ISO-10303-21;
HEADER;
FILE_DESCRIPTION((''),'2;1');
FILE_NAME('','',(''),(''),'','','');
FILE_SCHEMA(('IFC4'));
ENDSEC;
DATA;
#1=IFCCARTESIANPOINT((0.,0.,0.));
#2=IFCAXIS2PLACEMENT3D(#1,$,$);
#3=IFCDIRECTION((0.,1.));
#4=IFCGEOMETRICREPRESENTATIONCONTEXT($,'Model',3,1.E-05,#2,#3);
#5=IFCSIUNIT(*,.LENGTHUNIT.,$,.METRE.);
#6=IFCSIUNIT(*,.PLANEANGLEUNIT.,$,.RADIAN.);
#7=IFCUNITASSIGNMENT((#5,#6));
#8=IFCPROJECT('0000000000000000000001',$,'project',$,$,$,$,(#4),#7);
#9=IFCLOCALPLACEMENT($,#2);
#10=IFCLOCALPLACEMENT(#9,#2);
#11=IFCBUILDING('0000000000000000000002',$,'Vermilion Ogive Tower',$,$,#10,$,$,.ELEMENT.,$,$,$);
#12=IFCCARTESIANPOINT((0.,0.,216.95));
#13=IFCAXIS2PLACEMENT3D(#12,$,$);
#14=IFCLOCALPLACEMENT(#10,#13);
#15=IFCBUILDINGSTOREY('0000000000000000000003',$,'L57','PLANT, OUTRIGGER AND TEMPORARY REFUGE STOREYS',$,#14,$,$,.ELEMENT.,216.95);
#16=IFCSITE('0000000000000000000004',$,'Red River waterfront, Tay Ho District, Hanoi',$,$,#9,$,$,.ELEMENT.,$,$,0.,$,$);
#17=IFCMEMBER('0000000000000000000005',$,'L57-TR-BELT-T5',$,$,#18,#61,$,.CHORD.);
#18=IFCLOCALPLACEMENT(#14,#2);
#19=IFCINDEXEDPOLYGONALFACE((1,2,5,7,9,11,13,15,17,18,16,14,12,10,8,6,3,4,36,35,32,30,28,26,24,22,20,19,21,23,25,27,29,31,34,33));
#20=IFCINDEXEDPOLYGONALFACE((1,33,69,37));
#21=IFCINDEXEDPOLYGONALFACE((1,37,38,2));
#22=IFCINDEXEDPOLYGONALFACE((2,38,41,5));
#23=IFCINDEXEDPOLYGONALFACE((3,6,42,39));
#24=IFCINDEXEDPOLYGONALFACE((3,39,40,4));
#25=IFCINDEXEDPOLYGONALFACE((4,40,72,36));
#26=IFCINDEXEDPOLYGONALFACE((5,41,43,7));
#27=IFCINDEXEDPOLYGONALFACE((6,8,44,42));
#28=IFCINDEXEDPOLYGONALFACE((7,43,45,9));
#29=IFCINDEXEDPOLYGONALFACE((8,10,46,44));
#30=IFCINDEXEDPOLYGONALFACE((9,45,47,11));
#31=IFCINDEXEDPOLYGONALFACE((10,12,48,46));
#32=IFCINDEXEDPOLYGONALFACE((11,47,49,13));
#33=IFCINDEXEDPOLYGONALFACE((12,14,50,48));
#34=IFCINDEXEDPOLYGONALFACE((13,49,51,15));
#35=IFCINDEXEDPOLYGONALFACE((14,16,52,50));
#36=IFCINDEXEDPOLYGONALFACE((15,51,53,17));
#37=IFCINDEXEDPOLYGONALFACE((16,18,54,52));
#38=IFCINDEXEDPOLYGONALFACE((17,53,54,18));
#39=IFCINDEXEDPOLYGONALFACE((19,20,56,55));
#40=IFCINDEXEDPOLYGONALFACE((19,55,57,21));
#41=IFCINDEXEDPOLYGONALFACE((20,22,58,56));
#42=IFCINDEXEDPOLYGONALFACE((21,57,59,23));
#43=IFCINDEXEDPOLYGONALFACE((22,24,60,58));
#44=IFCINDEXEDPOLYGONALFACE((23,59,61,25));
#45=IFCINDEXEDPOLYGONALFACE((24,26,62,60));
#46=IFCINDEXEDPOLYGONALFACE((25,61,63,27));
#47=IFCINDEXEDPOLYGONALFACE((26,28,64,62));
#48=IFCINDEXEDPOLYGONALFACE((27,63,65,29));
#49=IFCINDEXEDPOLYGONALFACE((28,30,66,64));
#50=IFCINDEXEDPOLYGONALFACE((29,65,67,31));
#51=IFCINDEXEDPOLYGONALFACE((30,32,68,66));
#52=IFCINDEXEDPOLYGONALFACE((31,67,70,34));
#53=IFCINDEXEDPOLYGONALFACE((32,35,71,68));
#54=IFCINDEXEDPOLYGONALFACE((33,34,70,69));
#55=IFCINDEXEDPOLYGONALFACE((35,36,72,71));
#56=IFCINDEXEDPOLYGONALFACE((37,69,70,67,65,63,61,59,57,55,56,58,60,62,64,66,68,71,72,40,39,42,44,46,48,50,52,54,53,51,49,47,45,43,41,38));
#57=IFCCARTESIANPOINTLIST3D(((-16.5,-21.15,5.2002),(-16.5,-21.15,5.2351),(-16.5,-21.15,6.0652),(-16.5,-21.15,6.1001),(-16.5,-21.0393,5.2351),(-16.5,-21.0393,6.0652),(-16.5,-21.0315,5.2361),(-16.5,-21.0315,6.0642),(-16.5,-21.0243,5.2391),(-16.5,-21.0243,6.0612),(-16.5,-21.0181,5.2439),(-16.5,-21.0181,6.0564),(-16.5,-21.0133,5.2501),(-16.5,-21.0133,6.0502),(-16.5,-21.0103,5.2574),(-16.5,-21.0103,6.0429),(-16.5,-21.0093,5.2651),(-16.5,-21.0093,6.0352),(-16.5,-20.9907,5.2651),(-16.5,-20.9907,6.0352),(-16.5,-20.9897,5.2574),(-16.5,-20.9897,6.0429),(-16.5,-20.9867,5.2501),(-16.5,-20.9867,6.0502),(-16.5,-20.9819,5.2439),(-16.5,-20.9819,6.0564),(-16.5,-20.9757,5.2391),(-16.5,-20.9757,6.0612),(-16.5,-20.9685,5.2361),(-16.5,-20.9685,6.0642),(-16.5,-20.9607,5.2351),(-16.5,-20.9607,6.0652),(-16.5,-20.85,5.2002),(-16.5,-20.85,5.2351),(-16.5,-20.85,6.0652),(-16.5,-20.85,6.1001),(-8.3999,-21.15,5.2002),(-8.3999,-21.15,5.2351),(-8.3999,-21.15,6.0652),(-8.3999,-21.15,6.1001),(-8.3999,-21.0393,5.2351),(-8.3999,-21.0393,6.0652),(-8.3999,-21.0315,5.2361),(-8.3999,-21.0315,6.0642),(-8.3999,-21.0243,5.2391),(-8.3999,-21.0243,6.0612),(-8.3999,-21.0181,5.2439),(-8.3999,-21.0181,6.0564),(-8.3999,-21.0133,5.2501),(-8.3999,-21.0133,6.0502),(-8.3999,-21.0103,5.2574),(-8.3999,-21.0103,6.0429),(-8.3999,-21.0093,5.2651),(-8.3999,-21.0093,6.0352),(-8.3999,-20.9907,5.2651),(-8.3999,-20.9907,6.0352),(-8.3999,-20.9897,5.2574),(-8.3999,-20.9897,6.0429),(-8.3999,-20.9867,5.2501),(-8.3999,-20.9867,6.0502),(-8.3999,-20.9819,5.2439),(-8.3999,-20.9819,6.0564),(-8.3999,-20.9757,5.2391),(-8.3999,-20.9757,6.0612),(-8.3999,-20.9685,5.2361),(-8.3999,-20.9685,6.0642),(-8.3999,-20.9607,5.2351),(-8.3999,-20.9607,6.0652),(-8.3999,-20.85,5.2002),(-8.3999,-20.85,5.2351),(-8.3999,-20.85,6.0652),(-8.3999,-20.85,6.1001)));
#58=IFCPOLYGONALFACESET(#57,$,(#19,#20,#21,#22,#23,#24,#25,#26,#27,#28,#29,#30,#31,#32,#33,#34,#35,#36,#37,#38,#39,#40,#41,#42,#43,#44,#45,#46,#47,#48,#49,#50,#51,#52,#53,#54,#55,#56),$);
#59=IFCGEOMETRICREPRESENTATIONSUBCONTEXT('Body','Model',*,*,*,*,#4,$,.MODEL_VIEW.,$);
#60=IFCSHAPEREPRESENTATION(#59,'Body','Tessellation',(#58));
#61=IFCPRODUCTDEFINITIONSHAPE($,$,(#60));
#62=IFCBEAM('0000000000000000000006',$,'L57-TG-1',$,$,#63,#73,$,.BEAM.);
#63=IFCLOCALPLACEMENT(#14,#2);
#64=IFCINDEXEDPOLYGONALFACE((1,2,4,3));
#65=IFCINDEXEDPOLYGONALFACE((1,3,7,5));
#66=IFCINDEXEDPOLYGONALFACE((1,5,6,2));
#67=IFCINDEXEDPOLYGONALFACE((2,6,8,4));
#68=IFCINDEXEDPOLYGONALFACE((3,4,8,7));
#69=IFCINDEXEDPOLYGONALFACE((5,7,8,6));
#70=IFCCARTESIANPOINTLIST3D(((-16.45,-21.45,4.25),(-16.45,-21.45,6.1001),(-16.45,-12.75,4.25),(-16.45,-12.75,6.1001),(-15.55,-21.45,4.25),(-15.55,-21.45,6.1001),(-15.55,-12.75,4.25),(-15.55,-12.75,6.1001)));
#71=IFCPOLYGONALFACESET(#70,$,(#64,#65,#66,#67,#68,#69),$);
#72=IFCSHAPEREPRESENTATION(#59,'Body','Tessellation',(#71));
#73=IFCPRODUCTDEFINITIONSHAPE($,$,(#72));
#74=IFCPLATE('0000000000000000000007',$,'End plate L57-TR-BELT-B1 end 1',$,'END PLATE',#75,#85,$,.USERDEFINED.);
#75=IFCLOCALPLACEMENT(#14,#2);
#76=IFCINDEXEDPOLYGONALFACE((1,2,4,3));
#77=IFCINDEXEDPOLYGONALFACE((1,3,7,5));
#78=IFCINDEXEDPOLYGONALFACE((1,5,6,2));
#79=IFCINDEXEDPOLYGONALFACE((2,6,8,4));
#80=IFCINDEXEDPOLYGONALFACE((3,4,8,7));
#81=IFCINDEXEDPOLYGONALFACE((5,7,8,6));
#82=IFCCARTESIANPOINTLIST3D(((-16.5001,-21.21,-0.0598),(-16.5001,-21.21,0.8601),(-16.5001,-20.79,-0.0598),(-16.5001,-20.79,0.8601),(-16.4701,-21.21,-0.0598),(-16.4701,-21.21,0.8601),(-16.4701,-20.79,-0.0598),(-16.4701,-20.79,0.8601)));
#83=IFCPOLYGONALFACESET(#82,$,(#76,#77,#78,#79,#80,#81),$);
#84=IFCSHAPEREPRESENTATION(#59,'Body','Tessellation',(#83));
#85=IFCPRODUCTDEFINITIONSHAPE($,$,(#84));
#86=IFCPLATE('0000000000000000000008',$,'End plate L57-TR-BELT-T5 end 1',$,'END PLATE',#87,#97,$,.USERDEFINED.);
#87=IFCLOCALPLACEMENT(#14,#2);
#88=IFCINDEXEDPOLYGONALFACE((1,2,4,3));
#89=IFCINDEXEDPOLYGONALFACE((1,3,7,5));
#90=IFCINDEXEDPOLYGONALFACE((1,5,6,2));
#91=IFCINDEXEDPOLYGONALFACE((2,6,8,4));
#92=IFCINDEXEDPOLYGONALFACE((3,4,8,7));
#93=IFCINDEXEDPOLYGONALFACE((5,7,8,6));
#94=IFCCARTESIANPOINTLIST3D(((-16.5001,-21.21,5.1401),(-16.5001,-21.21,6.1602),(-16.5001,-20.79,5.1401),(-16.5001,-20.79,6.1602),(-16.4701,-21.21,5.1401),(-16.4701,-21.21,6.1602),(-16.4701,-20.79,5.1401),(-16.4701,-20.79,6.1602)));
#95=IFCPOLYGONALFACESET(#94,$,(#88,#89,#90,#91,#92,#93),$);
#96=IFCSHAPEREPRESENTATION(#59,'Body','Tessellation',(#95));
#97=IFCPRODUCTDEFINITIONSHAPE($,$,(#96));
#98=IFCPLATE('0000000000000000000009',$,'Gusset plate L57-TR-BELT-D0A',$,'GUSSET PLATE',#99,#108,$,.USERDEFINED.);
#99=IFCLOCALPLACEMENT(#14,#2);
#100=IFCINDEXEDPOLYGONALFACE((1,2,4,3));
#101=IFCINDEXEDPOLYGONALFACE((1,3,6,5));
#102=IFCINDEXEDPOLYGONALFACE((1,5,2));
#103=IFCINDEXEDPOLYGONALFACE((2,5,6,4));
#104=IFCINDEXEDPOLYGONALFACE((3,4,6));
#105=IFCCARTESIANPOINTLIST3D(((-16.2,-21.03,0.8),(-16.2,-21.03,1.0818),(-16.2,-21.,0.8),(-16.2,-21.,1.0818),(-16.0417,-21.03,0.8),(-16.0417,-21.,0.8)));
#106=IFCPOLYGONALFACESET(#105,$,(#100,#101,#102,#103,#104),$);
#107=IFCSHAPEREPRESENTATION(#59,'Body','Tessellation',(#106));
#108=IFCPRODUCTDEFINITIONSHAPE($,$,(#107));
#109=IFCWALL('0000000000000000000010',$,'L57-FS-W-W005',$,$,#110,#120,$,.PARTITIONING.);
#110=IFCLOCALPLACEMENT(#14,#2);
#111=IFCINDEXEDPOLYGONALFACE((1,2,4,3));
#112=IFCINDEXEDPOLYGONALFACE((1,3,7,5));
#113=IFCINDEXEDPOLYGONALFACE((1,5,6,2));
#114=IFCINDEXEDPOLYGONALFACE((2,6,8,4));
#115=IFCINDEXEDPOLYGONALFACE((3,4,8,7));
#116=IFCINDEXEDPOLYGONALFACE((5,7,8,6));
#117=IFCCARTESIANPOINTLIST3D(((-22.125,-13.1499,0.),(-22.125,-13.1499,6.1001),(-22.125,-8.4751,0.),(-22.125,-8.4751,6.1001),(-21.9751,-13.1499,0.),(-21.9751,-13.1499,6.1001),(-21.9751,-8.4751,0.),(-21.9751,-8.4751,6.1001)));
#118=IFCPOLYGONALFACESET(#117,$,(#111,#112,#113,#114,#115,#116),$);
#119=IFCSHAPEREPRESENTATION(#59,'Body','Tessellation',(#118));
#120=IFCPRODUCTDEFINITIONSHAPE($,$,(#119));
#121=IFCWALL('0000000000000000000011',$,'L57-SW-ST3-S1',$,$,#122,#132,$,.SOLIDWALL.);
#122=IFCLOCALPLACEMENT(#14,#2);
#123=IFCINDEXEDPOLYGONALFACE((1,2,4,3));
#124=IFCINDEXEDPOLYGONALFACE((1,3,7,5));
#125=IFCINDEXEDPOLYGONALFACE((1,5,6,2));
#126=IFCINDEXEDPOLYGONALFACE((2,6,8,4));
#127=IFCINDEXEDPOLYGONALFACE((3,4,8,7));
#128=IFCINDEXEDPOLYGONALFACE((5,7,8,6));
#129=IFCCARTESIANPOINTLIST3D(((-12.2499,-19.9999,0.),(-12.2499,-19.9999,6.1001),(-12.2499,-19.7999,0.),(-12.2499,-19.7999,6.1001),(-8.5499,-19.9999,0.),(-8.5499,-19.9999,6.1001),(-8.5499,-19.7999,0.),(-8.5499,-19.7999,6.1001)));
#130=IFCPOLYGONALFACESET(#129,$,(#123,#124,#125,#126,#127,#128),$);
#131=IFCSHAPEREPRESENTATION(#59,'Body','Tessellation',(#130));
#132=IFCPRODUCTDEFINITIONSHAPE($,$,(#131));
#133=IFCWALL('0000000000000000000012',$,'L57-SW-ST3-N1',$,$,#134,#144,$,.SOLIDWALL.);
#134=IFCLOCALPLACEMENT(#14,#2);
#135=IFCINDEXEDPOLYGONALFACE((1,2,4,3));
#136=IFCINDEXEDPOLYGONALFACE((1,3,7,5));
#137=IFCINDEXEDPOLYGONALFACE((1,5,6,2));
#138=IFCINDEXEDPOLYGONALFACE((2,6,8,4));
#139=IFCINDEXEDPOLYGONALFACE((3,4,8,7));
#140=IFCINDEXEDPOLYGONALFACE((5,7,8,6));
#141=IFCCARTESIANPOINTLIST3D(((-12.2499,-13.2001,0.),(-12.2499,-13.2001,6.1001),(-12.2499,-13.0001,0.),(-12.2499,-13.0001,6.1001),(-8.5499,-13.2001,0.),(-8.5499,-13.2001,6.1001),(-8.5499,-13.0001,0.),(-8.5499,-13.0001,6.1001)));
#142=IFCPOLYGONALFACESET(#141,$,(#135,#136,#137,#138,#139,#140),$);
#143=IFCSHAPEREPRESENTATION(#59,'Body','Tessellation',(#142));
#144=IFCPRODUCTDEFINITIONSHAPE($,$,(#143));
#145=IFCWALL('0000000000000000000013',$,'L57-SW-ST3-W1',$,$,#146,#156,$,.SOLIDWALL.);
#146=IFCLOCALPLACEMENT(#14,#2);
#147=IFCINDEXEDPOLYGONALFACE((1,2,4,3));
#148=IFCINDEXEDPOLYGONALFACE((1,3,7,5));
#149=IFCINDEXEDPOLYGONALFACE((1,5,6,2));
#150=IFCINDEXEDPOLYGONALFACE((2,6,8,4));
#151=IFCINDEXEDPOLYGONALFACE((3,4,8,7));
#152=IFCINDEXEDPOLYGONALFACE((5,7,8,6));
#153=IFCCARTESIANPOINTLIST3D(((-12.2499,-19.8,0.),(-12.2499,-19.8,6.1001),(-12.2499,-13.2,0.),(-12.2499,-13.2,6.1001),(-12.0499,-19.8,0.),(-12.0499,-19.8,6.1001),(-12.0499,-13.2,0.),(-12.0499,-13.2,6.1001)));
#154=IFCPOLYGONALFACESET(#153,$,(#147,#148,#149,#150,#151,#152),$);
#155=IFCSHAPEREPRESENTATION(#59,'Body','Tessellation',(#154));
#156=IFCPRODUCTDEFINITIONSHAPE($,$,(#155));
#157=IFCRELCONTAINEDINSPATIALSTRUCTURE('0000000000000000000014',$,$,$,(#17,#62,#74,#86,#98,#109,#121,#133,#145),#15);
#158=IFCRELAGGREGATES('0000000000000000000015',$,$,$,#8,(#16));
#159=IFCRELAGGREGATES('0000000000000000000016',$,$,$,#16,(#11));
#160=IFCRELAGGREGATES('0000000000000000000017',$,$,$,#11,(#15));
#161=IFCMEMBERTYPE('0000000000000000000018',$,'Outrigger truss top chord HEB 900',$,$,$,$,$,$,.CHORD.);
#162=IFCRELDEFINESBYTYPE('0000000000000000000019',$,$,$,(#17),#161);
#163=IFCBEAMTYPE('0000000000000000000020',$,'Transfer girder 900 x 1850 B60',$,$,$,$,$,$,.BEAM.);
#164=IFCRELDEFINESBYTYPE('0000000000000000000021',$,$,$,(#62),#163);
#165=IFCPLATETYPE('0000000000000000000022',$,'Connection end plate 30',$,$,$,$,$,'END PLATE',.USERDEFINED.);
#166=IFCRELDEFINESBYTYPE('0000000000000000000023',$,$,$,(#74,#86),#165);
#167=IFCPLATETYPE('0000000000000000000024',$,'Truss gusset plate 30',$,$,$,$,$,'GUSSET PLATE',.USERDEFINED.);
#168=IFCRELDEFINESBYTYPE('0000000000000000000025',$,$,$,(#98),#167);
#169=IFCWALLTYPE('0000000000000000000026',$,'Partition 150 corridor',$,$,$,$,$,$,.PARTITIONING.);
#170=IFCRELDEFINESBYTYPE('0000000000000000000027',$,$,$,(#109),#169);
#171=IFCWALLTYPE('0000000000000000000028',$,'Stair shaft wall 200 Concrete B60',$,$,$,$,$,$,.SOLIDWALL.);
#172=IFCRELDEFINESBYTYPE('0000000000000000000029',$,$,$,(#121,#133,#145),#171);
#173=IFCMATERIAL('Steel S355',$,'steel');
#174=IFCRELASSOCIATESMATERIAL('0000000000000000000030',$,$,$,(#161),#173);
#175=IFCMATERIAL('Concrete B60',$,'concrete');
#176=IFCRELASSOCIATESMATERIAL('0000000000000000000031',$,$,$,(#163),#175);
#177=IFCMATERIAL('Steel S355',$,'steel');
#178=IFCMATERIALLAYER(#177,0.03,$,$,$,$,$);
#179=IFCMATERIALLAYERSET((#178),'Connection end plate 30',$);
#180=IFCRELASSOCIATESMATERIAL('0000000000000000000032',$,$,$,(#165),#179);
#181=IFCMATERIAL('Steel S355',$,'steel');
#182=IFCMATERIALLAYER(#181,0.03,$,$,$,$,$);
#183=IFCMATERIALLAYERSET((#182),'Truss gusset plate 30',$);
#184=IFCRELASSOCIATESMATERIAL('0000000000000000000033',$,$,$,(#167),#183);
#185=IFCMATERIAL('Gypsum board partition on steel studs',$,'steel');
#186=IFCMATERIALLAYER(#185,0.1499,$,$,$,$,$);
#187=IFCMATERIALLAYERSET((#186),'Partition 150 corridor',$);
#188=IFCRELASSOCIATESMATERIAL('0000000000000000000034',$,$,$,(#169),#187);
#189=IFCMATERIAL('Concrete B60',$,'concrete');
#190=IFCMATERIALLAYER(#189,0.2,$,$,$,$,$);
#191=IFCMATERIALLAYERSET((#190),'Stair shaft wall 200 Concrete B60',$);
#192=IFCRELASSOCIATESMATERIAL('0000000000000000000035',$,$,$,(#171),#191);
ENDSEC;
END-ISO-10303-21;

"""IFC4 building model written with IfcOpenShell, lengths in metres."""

from ifc_helpers import new_model, si_unit, direction, frame, frame_2d, origin, origin_2d, place, context, subcontext, project, spatial, polyline, rectangle, i_section, outline, extrude, material, layer, layer_set, material_profile, profile_set, type_object, element, save


model = new_model("IFC4")

# Units and contexts
model_context = context("Model", 3, precision=1e-05, world=origin(), true_north=direction((0.0, 1.0)))
body_context = subcontext(model_context, "Body", "Model", "MODEL_VIEW")
ifc_project = project(units=[si_unit("LENGTHUNIT", "METRE"), si_unit("PLANEANGLEUNIT", "RADIAN")], contexts=[model_context])

# Site, building, storey
site_placement = place(None, origin())
site = spatial("IfcSite", under=ifc_project, at=site_placement, Name="Red River waterfront, Tay Ho District, Hanoi", CompositionType="ELEMENT", RefElevation=0.0)
building_placement = place(site_placement, origin())
building = spatial("IfcBuilding", under=site, at=building_placement, Name="Vermilion Ogive Tower", CompositionType="ELEMENT")
storey_placement = place(building_placement, frame((0.0, 0.0, 216.95)))
storey = spatial("IfcBuildingStorey", under=building, at=storey_placement, Name="L57", Description="PLANT, OUTRIGGER AND TEMPORARY REFUGE STOREYS", CompositionType="ELEMENT", Elevation=216.95)

# Member
ifc_material_1 = material(Name="Steel S355", Category="steel")
ifc_material_profile_1 = material_profile(ifc_material_1, i_section(OverallWidth=0.3, OverallDepth=0.8999, WebThickness=0.0186, FlangeThickness=0.0349, FilletRadius=0.03, at=origin_2d()), Name="HEB 900")
ifc_profile_set_1 = profile_set([ifc_material_profile_1], Name="Steel S355")
member_type_1 = type_object("IfcMemberType", Name="Outrigger truss top chord HEB 900", PredefinedType="CHORD", material=ifc_profile_set_1)
member_1_placement = place(storey_placement, frame((-16.5, -21.0, 5.6501), z_axis=(1.0, 0.0, 0.0), x_axis=(0.0, 1.0, 0.0)))
element("IfcMember", 1, at=member_1_placement, inside=storey, type_object=member_type_1, Name="L57-TR-BELT-T5", PredefinedType="CHORD", context=body_context, shape_type="SweptSolid", body=[
    extrude(i_section(OverallWidth=0.3, OverallDepth=0.8999, WebThickness=0.0186, FlangeThickness=0.0349, FilletRadius=0.03, at=origin_2d()), origin(), (0.0, 0.0, 1.0), 8.1001),
])

# Beam
ifc_material_2 = material(Name="Concrete B60", Category="concrete")
ifc_material_profile_2 = material_profile(ifc_material_2, rectangle(XDim=0.8999, YDim=1.8501, at=origin_2d()), Name="900 x 1850")
ifc_profile_set_2 = profile_set([ifc_material_profile_2], Name="Concrete B60")
beam_type = type_object("IfcBeamType", Name="Transfer girder 900 x 1850 B60", PredefinedType="BEAM", material=ifc_profile_set_2)
beam_placement = place(storey_placement, frame((-16.0, -21.45, 5.175), z_axis=(0.0, 1.0, 0.0), x_axis=(-1.0, 0.0, 0.0)))
element("IfcBeam", 2, at=beam_placement, inside=storey, type_object=beam_type, Name="L57-TG-1", PredefinedType="BEAM", context=body_context, shape_type="SweptSolid", body=[
    extrude(rectangle(XDim=0.8999, YDim=1.8501, at=origin_2d()), origin(), (0.0, 0.0, 1.0), 8.7),
])

# Plates
ifc_material_3 = material(Name="Steel S355", Category="steel")
ifc_layer_1 = layer(ifc_material_3, 0.03)
ifc_layer_set_1 = layer_set([ifc_layer_1], Name="Connection end plate 30")
plate_type_1 = type_object("IfcPlateType", Name="Connection end plate 30", ElementType="END PLATE", PredefinedType="USERDEFINED", material=ifc_layer_set_1)
plate_1_placement = place(storey_placement, frame((-16.4851, -21.0, -0.0598), z_axis=(0.0, 0.0, 1.0), x_axis=(1.0, 0.0, 0.0)))
element("IfcPlate", 3, at=plate_1_placement, inside=storey, type_object=plate_type_1, Name="End plate L57-TR-BELT-B1 end 1", ObjectType="END PLATE", PredefinedType="USERDEFINED", context=body_context, shape_type="SweptSolid", body=[
    extrude(rectangle(XDim=0.03, YDim=0.4199, at=origin_2d()), origin(), (0.0, 0.0, 1.0), 0.9199),
])
plate_2_placement = place(storey_placement, frame((-16.4851, -21.0, 5.1401), z_axis=(0.0, 0.0, 1.0), x_axis=(1.0, 0.0, 0.0)))
element("IfcPlate", 4, at=plate_2_placement, inside=storey, type_object=plate_type_1, Name="End plate L57-TR-BELT-T5 end 1", ObjectType="END PLATE", PredefinedType="USERDEFINED", context=body_context, shape_type="SweptSolid", body=[
    extrude(rectangle(XDim=0.03, YDim=0.4199, at=origin_2d()), origin(), (0.0, 0.0, 1.0), 1.02),
])
ifc_material_4 = material(Name="Steel S355", Category="steel")
ifc_layer_2 = layer(ifc_material_4, 0.03)
ifc_layer_set_2 = layer_set([ifc_layer_2], Name="Truss gusset plate 30")
plate_type_2 = type_object("IfcPlateType", Name="Truss gusset plate 30", ElementType="GUSSET PLATE", PredefinedType="USERDEFINED", material=ifc_layer_set_2)
plate_3_placement = place(storey_placement, frame((-16.2, -21.0, 1.0818), z_axis=(0.0, 1.0, 0.0), x_axis=(0.489615, 0.0, -0.871939)))
element("IfcPlate", 5, at=plate_3_placement, inside=storey, type_object=plate_type_2, Name="Gusset plate L57-TR-BELT-D0A", ObjectType="GUSSET PLATE", PredefinedType="USERDEFINED", context=body_context, shape_type="SweptSolid", body=[
    extrude(outline(polyline([(0.0, 0.0), (0.3231, 0.0), (0.2457, 0.1379), (0.0, 0.0)])), origin(), (0.0, 0.0, -1.0), 0.03),
])

# Walls
ifc_material_5 = material(Name="Gypsum board partition on steel studs", Category="steel")
ifc_layer_3 = layer(ifc_material_5, 0.1499)
ifc_layer_set_3 = layer_set([ifc_layer_3], Name="Partition 150 corridor")
wall_type_1 = type_object("IfcWallType", Name="Partition 150 corridor", PredefinedType="PARTITIONING", material=ifc_layer_set_3)
wall_1_placement = place(storey_placement, frame((-22.05, -13.1499, 0.0), z_axis=(0.0, 0.0, 1.0), x_axis=(0.0, 1.0, 0.0)))
element("IfcWall", 6, at=wall_1_placement, inside=storey, type_object=wall_type_1, Name="L57-FS-W-W005", PredefinedType="PARTITIONING", context=body_context, shape_type="SweptSolid", body=[
    extrude(rectangle(XDim=4.6748, YDim=0.1499, at=frame_2d((2.3374, 0.0))), origin(), (0.0, 0.0, 1.0), 6.1001),
])
ifc_material_6 = material(Name="Concrete B60", Category="concrete")
ifc_layer_4 = layer(ifc_material_6, 0.2)
ifc_layer_set_4 = layer_set([ifc_layer_4], Name="Stair shaft wall 200 Concrete B60")
wall_type_2 = type_object("IfcWallType", Name="Stair shaft wall 200 Concrete B60", PredefinedType="SOLIDWALL", material=ifc_layer_set_4)
for number, where, z_axis, x_axis, name in (
    (7, (-12.25, -19.8999, 0.0), (0.0, 0.0, 1.0), (1.0, 0.0, 0.0), "L57-SW-ST3-S1"),
    (8, (-12.25, -13.1001, 0.0), (0.0, 0.0, 1.0), (1.0, 0.0, 0.0), "L57-SW-ST3-N1"),
):
    element("IfcWall", number, at=place(storey_placement, frame(where, z_axis=z_axis, x_axis=x_axis)), inside=storey, type_object=wall_type_2, Name=name, PredefinedType="SOLIDWALL", context=body_context, shape_type="SweptSolid", body=[
        extrude(rectangle(XDim=3.7, YDim=0.2, at=frame_2d((1.8501, 0.0))), origin(), (0.0, 0.0, 1.0), 6.1001),
    ])
wall_2_placement = place(storey_placement, frame((-12.1499, -19.8, 0.0), z_axis=(0.0, 0.0, 1.0), x_axis=(0.0, 1.0, 0.0)))
element("IfcWall", 9, at=wall_2_placement, inside=storey, type_object=wall_type_2, Name="L57-SW-ST3-W1", PredefinedType="SOLIDWALL", context=body_context, shape_type="SweptSolid", body=[
    extrude(rectangle(XDim=6.6001, YDim=0.2, at=frame_2d((3.3, 0.0))), origin(), (0.0, 0.0, 1.0), 6.1001),
])

save(model, "model.ifc")
